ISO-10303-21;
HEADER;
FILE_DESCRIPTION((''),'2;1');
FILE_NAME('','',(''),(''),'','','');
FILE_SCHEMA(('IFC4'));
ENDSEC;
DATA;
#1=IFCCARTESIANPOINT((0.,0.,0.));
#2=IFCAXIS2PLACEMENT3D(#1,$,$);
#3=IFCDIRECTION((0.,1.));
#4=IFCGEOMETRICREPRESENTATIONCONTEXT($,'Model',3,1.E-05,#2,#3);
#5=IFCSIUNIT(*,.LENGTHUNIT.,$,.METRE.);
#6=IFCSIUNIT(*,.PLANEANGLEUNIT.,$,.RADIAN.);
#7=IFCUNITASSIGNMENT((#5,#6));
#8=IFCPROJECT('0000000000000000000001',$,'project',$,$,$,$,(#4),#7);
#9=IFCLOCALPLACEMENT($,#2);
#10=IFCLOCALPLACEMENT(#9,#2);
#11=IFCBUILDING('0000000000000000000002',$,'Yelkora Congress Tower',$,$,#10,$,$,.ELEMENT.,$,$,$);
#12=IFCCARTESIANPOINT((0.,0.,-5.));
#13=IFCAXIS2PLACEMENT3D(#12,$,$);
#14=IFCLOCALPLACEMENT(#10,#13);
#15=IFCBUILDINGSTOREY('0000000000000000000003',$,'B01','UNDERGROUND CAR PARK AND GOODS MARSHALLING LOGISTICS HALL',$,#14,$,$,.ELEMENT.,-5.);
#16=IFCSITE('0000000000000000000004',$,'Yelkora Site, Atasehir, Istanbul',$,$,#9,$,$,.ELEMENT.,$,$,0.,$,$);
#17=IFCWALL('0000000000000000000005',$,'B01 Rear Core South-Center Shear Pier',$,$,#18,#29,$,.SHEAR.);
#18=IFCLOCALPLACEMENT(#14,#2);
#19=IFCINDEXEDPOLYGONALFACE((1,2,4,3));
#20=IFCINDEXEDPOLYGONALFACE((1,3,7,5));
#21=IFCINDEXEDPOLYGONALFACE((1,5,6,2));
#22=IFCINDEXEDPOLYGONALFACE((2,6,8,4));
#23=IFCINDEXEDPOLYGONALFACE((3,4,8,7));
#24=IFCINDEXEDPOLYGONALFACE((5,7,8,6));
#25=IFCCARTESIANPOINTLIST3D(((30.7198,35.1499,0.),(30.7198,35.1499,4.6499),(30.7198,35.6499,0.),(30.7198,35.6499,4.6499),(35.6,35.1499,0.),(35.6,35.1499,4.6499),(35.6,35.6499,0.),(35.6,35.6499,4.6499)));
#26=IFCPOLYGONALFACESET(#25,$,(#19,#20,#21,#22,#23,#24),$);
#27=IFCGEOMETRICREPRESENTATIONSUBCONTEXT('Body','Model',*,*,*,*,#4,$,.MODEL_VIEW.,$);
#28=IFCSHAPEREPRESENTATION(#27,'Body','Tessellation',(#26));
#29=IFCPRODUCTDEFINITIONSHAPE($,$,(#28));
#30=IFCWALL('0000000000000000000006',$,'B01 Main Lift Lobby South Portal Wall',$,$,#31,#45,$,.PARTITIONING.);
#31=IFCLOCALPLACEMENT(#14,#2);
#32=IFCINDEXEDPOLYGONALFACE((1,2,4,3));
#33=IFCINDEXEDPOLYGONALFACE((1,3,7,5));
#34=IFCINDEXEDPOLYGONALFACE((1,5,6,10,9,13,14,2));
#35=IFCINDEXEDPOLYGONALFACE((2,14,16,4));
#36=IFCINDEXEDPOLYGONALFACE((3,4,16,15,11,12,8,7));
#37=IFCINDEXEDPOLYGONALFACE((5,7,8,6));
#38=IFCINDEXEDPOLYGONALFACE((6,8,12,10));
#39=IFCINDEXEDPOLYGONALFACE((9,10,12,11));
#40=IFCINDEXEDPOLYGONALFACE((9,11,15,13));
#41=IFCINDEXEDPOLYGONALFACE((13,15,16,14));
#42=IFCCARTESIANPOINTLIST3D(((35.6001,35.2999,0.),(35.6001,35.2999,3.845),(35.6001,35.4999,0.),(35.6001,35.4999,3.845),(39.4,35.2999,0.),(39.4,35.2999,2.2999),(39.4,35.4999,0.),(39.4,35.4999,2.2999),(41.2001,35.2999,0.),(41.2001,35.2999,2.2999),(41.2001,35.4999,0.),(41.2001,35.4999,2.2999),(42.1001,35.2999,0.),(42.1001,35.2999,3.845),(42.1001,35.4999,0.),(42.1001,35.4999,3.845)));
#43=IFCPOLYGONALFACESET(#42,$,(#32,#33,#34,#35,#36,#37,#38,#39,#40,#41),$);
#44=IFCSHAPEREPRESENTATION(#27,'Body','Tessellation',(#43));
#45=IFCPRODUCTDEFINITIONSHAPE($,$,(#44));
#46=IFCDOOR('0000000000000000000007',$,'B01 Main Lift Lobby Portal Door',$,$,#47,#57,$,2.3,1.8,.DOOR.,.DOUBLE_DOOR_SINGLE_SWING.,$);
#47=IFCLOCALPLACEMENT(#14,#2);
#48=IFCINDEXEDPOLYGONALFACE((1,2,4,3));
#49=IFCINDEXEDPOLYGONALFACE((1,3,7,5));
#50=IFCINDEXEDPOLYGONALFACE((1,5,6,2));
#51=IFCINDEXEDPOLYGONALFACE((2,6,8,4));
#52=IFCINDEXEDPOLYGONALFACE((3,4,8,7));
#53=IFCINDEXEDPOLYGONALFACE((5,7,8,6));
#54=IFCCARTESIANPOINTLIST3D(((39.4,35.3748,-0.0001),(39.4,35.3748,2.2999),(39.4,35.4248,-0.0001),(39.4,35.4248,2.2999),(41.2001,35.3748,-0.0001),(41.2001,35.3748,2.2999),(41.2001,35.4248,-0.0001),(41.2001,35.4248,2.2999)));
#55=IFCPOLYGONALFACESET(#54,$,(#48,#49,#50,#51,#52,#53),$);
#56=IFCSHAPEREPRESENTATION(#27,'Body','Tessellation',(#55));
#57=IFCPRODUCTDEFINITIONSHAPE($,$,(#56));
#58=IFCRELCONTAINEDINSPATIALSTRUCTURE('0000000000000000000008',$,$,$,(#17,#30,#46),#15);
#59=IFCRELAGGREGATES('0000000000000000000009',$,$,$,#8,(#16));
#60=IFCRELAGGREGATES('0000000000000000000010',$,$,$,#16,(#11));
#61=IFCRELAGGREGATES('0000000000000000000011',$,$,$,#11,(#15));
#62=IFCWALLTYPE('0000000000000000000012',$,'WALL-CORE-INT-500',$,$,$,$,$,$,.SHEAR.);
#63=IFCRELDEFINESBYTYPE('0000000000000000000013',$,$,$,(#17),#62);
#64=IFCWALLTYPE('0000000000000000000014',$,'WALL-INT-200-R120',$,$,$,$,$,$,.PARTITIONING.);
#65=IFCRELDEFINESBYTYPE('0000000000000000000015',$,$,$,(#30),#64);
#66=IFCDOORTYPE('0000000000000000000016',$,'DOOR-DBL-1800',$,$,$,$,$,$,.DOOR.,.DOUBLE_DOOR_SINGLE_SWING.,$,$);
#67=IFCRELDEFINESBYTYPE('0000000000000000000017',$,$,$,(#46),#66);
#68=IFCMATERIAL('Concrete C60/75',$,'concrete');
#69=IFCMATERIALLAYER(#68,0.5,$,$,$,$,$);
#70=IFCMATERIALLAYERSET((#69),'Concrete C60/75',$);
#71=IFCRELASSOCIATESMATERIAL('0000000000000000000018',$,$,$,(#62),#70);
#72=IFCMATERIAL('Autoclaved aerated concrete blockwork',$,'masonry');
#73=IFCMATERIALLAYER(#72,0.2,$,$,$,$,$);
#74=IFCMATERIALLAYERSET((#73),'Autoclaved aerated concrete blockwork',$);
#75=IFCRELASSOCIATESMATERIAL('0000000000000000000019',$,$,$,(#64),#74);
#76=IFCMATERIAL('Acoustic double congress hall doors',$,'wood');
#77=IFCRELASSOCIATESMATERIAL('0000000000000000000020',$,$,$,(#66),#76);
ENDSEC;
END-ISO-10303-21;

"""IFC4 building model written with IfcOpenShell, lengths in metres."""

from ifc_helpers import new_model, si_unit, direction, frame, frame_2d, origin, place, context, subcontext, project, spatial, rectangle, extrude, material, layer, layer_set, type_object, element, fill, save


model = new_model("IFC4")

# Units and contexts
model_context = context("Model", 3, precision=1e-05, world=origin(), true_north=direction((0.0, 1.0)))
body_context = subcontext(model_context, "Body", "Model", "MODEL_VIEW")
ifc_project = project(units=[si_unit("LENGTHUNIT", "METRE"), si_unit("PLANEANGLEUNIT", "RADIAN")], contexts=[model_context])

# Site, building, storey
site_placement = place(None, origin())
site = spatial("IfcSite", under=ifc_project, at=site_placement, Name="Yelkora Site, Atasehir, Istanbul", CompositionType="ELEMENT", RefElevation=0.0)
building_placement = place(site_placement, origin())
building = spatial("IfcBuilding", under=site, at=building_placement, Name="Yelkora Congress Tower", CompositionType="ELEMENT")
storey_placement = place(building_placement, frame((0.0, 0.0, -5.0)))
storey = spatial("IfcBuildingStorey", under=building, at=storey_placement, Name="B01", Description="UNDERGROUND CAR PARK AND GOODS MARSHALLING LOGISTICS HALL", CompositionType="ELEMENT", Elevation=-5.0)

# Shared definitions
ifc_material_1 = material(Name="Concrete C60/75", Category="concrete")

# Wall
ifc_layer_1 = layer(ifc_material_1, 0.5)
ifc_layer_set_1 = layer_set([ifc_layer_1], Name="Concrete C60/75")
wall_type_1 = type_object("IfcWallType", Name="WALL-CORE-INT-500", PredefinedType="SHEAR", material=ifc_layer_set_1)
wall_1_placement = place(storey_placement, frame((30.72, 35.3999, 0.0), z_axis=(0.0, 0.0, 1.0), x_axis=(1.0, 0.0, 0.0)))
element("IfcWall", 1, at=wall_1_placement, inside=storey, type_object=wall_type_1, Name="B01 Rear Core South-Center Shear Pier", PredefinedType="SHEAR", context=body_context, shape_type="SweptSolid", body=[
    extrude(rectangle(XDim=4.8801, YDim=0.5, at=frame_2d((2.4399, 0.0))), origin(), (0.0, 0.0, 1.0), 4.6499),
])

# Wall, opening, door
ifc_material_2 = material(Name="Autoclaved aerated concrete blockwork", Category="masonry")
ifc_layer_2 = layer(ifc_material_2, 0.2)
ifc_layer_set_2 = layer_set([ifc_layer_2], Name="Autoclaved aerated concrete blockwork")
wall_type_2 = type_object("IfcWallType", Name="WALL-INT-200-R120", PredefinedType="PARTITIONING", material=ifc_layer_set_2)
wall_2_placement = place(storey_placement, frame((35.6001, 35.3999, 0.0), z_axis=(0.0, 0.0, 1.0), x_axis=(1.0, 0.0, 0.0)))
wall_2 = element("IfcWall", 2, at=wall_2_placement, inside=storey, type_object=wall_type_2, Name="B01 Main Lift Lobby South Portal Wall", PredefinedType="PARTITIONING", context=body_context, shape_type="SweptSolid", body=[
    extrude(rectangle(XDim=6.5, YDim=0.2, at=frame_2d((3.25, 0.0))), origin(), (0.0, 0.0, 1.0), 3.845),
])
opening_1_placement = place(wall_2_placement, frame((3.8, 0.0, 0.0)))
opening_1 = element("IfcOpeningElement", 3, at=opening_1_placement, cuts=wall_2, PredefinedType="OPENING", context=body_context, shape_type="SweptSolid", body=[
    extrude(rectangle(XDim=1.8, YDim=2.3, at=frame_2d((0.8999, 1.1499))), frame((0.0, 0.1099, 0.0), z_axis=(0.0, -1.0, 0.0), x_axis=(1.0, 0.0, 0.0)), (0.0, 0.0, 1.0), 0.22),
])
ifc_material_3 = material(Name="Acoustic double congress hall doors", Category="wood")
door_type_1 = type_object("IfcDoorType", Name="DOOR-DBL-1800", OperationType="DOUBLE_DOOR_SINGLE_SWING", PredefinedType="DOOR", material=ifc_material_3)
door_1_placement = place(opening_1_placement, origin())
door_1 = element("IfcDoor", 4, at=door_1_placement, inside=storey, type_object=door_type_1, Name="B01 Main Lift Lobby Portal Door", OperationType="DOUBLE_DOOR_SINGLE_SWING", OverallHeight=2.3, OverallWidth=1.8, PredefinedType="DOOR", context=body_context, shape_type="SweptSolid", body=[
    extrude(rectangle(XDim=1.8, YDim=2.3, at=frame_2d((0.8999, 1.1499))), frame((0.0, 0.0249, 0.0), z_axis=(0.0, -1.0, 0.0), x_axis=(1.0, 0.0, 0.0)), (0.0, 0.0, 1.0), 0.05),
])
fill(opening_1, door_1)

save(model, "model.ifc")
